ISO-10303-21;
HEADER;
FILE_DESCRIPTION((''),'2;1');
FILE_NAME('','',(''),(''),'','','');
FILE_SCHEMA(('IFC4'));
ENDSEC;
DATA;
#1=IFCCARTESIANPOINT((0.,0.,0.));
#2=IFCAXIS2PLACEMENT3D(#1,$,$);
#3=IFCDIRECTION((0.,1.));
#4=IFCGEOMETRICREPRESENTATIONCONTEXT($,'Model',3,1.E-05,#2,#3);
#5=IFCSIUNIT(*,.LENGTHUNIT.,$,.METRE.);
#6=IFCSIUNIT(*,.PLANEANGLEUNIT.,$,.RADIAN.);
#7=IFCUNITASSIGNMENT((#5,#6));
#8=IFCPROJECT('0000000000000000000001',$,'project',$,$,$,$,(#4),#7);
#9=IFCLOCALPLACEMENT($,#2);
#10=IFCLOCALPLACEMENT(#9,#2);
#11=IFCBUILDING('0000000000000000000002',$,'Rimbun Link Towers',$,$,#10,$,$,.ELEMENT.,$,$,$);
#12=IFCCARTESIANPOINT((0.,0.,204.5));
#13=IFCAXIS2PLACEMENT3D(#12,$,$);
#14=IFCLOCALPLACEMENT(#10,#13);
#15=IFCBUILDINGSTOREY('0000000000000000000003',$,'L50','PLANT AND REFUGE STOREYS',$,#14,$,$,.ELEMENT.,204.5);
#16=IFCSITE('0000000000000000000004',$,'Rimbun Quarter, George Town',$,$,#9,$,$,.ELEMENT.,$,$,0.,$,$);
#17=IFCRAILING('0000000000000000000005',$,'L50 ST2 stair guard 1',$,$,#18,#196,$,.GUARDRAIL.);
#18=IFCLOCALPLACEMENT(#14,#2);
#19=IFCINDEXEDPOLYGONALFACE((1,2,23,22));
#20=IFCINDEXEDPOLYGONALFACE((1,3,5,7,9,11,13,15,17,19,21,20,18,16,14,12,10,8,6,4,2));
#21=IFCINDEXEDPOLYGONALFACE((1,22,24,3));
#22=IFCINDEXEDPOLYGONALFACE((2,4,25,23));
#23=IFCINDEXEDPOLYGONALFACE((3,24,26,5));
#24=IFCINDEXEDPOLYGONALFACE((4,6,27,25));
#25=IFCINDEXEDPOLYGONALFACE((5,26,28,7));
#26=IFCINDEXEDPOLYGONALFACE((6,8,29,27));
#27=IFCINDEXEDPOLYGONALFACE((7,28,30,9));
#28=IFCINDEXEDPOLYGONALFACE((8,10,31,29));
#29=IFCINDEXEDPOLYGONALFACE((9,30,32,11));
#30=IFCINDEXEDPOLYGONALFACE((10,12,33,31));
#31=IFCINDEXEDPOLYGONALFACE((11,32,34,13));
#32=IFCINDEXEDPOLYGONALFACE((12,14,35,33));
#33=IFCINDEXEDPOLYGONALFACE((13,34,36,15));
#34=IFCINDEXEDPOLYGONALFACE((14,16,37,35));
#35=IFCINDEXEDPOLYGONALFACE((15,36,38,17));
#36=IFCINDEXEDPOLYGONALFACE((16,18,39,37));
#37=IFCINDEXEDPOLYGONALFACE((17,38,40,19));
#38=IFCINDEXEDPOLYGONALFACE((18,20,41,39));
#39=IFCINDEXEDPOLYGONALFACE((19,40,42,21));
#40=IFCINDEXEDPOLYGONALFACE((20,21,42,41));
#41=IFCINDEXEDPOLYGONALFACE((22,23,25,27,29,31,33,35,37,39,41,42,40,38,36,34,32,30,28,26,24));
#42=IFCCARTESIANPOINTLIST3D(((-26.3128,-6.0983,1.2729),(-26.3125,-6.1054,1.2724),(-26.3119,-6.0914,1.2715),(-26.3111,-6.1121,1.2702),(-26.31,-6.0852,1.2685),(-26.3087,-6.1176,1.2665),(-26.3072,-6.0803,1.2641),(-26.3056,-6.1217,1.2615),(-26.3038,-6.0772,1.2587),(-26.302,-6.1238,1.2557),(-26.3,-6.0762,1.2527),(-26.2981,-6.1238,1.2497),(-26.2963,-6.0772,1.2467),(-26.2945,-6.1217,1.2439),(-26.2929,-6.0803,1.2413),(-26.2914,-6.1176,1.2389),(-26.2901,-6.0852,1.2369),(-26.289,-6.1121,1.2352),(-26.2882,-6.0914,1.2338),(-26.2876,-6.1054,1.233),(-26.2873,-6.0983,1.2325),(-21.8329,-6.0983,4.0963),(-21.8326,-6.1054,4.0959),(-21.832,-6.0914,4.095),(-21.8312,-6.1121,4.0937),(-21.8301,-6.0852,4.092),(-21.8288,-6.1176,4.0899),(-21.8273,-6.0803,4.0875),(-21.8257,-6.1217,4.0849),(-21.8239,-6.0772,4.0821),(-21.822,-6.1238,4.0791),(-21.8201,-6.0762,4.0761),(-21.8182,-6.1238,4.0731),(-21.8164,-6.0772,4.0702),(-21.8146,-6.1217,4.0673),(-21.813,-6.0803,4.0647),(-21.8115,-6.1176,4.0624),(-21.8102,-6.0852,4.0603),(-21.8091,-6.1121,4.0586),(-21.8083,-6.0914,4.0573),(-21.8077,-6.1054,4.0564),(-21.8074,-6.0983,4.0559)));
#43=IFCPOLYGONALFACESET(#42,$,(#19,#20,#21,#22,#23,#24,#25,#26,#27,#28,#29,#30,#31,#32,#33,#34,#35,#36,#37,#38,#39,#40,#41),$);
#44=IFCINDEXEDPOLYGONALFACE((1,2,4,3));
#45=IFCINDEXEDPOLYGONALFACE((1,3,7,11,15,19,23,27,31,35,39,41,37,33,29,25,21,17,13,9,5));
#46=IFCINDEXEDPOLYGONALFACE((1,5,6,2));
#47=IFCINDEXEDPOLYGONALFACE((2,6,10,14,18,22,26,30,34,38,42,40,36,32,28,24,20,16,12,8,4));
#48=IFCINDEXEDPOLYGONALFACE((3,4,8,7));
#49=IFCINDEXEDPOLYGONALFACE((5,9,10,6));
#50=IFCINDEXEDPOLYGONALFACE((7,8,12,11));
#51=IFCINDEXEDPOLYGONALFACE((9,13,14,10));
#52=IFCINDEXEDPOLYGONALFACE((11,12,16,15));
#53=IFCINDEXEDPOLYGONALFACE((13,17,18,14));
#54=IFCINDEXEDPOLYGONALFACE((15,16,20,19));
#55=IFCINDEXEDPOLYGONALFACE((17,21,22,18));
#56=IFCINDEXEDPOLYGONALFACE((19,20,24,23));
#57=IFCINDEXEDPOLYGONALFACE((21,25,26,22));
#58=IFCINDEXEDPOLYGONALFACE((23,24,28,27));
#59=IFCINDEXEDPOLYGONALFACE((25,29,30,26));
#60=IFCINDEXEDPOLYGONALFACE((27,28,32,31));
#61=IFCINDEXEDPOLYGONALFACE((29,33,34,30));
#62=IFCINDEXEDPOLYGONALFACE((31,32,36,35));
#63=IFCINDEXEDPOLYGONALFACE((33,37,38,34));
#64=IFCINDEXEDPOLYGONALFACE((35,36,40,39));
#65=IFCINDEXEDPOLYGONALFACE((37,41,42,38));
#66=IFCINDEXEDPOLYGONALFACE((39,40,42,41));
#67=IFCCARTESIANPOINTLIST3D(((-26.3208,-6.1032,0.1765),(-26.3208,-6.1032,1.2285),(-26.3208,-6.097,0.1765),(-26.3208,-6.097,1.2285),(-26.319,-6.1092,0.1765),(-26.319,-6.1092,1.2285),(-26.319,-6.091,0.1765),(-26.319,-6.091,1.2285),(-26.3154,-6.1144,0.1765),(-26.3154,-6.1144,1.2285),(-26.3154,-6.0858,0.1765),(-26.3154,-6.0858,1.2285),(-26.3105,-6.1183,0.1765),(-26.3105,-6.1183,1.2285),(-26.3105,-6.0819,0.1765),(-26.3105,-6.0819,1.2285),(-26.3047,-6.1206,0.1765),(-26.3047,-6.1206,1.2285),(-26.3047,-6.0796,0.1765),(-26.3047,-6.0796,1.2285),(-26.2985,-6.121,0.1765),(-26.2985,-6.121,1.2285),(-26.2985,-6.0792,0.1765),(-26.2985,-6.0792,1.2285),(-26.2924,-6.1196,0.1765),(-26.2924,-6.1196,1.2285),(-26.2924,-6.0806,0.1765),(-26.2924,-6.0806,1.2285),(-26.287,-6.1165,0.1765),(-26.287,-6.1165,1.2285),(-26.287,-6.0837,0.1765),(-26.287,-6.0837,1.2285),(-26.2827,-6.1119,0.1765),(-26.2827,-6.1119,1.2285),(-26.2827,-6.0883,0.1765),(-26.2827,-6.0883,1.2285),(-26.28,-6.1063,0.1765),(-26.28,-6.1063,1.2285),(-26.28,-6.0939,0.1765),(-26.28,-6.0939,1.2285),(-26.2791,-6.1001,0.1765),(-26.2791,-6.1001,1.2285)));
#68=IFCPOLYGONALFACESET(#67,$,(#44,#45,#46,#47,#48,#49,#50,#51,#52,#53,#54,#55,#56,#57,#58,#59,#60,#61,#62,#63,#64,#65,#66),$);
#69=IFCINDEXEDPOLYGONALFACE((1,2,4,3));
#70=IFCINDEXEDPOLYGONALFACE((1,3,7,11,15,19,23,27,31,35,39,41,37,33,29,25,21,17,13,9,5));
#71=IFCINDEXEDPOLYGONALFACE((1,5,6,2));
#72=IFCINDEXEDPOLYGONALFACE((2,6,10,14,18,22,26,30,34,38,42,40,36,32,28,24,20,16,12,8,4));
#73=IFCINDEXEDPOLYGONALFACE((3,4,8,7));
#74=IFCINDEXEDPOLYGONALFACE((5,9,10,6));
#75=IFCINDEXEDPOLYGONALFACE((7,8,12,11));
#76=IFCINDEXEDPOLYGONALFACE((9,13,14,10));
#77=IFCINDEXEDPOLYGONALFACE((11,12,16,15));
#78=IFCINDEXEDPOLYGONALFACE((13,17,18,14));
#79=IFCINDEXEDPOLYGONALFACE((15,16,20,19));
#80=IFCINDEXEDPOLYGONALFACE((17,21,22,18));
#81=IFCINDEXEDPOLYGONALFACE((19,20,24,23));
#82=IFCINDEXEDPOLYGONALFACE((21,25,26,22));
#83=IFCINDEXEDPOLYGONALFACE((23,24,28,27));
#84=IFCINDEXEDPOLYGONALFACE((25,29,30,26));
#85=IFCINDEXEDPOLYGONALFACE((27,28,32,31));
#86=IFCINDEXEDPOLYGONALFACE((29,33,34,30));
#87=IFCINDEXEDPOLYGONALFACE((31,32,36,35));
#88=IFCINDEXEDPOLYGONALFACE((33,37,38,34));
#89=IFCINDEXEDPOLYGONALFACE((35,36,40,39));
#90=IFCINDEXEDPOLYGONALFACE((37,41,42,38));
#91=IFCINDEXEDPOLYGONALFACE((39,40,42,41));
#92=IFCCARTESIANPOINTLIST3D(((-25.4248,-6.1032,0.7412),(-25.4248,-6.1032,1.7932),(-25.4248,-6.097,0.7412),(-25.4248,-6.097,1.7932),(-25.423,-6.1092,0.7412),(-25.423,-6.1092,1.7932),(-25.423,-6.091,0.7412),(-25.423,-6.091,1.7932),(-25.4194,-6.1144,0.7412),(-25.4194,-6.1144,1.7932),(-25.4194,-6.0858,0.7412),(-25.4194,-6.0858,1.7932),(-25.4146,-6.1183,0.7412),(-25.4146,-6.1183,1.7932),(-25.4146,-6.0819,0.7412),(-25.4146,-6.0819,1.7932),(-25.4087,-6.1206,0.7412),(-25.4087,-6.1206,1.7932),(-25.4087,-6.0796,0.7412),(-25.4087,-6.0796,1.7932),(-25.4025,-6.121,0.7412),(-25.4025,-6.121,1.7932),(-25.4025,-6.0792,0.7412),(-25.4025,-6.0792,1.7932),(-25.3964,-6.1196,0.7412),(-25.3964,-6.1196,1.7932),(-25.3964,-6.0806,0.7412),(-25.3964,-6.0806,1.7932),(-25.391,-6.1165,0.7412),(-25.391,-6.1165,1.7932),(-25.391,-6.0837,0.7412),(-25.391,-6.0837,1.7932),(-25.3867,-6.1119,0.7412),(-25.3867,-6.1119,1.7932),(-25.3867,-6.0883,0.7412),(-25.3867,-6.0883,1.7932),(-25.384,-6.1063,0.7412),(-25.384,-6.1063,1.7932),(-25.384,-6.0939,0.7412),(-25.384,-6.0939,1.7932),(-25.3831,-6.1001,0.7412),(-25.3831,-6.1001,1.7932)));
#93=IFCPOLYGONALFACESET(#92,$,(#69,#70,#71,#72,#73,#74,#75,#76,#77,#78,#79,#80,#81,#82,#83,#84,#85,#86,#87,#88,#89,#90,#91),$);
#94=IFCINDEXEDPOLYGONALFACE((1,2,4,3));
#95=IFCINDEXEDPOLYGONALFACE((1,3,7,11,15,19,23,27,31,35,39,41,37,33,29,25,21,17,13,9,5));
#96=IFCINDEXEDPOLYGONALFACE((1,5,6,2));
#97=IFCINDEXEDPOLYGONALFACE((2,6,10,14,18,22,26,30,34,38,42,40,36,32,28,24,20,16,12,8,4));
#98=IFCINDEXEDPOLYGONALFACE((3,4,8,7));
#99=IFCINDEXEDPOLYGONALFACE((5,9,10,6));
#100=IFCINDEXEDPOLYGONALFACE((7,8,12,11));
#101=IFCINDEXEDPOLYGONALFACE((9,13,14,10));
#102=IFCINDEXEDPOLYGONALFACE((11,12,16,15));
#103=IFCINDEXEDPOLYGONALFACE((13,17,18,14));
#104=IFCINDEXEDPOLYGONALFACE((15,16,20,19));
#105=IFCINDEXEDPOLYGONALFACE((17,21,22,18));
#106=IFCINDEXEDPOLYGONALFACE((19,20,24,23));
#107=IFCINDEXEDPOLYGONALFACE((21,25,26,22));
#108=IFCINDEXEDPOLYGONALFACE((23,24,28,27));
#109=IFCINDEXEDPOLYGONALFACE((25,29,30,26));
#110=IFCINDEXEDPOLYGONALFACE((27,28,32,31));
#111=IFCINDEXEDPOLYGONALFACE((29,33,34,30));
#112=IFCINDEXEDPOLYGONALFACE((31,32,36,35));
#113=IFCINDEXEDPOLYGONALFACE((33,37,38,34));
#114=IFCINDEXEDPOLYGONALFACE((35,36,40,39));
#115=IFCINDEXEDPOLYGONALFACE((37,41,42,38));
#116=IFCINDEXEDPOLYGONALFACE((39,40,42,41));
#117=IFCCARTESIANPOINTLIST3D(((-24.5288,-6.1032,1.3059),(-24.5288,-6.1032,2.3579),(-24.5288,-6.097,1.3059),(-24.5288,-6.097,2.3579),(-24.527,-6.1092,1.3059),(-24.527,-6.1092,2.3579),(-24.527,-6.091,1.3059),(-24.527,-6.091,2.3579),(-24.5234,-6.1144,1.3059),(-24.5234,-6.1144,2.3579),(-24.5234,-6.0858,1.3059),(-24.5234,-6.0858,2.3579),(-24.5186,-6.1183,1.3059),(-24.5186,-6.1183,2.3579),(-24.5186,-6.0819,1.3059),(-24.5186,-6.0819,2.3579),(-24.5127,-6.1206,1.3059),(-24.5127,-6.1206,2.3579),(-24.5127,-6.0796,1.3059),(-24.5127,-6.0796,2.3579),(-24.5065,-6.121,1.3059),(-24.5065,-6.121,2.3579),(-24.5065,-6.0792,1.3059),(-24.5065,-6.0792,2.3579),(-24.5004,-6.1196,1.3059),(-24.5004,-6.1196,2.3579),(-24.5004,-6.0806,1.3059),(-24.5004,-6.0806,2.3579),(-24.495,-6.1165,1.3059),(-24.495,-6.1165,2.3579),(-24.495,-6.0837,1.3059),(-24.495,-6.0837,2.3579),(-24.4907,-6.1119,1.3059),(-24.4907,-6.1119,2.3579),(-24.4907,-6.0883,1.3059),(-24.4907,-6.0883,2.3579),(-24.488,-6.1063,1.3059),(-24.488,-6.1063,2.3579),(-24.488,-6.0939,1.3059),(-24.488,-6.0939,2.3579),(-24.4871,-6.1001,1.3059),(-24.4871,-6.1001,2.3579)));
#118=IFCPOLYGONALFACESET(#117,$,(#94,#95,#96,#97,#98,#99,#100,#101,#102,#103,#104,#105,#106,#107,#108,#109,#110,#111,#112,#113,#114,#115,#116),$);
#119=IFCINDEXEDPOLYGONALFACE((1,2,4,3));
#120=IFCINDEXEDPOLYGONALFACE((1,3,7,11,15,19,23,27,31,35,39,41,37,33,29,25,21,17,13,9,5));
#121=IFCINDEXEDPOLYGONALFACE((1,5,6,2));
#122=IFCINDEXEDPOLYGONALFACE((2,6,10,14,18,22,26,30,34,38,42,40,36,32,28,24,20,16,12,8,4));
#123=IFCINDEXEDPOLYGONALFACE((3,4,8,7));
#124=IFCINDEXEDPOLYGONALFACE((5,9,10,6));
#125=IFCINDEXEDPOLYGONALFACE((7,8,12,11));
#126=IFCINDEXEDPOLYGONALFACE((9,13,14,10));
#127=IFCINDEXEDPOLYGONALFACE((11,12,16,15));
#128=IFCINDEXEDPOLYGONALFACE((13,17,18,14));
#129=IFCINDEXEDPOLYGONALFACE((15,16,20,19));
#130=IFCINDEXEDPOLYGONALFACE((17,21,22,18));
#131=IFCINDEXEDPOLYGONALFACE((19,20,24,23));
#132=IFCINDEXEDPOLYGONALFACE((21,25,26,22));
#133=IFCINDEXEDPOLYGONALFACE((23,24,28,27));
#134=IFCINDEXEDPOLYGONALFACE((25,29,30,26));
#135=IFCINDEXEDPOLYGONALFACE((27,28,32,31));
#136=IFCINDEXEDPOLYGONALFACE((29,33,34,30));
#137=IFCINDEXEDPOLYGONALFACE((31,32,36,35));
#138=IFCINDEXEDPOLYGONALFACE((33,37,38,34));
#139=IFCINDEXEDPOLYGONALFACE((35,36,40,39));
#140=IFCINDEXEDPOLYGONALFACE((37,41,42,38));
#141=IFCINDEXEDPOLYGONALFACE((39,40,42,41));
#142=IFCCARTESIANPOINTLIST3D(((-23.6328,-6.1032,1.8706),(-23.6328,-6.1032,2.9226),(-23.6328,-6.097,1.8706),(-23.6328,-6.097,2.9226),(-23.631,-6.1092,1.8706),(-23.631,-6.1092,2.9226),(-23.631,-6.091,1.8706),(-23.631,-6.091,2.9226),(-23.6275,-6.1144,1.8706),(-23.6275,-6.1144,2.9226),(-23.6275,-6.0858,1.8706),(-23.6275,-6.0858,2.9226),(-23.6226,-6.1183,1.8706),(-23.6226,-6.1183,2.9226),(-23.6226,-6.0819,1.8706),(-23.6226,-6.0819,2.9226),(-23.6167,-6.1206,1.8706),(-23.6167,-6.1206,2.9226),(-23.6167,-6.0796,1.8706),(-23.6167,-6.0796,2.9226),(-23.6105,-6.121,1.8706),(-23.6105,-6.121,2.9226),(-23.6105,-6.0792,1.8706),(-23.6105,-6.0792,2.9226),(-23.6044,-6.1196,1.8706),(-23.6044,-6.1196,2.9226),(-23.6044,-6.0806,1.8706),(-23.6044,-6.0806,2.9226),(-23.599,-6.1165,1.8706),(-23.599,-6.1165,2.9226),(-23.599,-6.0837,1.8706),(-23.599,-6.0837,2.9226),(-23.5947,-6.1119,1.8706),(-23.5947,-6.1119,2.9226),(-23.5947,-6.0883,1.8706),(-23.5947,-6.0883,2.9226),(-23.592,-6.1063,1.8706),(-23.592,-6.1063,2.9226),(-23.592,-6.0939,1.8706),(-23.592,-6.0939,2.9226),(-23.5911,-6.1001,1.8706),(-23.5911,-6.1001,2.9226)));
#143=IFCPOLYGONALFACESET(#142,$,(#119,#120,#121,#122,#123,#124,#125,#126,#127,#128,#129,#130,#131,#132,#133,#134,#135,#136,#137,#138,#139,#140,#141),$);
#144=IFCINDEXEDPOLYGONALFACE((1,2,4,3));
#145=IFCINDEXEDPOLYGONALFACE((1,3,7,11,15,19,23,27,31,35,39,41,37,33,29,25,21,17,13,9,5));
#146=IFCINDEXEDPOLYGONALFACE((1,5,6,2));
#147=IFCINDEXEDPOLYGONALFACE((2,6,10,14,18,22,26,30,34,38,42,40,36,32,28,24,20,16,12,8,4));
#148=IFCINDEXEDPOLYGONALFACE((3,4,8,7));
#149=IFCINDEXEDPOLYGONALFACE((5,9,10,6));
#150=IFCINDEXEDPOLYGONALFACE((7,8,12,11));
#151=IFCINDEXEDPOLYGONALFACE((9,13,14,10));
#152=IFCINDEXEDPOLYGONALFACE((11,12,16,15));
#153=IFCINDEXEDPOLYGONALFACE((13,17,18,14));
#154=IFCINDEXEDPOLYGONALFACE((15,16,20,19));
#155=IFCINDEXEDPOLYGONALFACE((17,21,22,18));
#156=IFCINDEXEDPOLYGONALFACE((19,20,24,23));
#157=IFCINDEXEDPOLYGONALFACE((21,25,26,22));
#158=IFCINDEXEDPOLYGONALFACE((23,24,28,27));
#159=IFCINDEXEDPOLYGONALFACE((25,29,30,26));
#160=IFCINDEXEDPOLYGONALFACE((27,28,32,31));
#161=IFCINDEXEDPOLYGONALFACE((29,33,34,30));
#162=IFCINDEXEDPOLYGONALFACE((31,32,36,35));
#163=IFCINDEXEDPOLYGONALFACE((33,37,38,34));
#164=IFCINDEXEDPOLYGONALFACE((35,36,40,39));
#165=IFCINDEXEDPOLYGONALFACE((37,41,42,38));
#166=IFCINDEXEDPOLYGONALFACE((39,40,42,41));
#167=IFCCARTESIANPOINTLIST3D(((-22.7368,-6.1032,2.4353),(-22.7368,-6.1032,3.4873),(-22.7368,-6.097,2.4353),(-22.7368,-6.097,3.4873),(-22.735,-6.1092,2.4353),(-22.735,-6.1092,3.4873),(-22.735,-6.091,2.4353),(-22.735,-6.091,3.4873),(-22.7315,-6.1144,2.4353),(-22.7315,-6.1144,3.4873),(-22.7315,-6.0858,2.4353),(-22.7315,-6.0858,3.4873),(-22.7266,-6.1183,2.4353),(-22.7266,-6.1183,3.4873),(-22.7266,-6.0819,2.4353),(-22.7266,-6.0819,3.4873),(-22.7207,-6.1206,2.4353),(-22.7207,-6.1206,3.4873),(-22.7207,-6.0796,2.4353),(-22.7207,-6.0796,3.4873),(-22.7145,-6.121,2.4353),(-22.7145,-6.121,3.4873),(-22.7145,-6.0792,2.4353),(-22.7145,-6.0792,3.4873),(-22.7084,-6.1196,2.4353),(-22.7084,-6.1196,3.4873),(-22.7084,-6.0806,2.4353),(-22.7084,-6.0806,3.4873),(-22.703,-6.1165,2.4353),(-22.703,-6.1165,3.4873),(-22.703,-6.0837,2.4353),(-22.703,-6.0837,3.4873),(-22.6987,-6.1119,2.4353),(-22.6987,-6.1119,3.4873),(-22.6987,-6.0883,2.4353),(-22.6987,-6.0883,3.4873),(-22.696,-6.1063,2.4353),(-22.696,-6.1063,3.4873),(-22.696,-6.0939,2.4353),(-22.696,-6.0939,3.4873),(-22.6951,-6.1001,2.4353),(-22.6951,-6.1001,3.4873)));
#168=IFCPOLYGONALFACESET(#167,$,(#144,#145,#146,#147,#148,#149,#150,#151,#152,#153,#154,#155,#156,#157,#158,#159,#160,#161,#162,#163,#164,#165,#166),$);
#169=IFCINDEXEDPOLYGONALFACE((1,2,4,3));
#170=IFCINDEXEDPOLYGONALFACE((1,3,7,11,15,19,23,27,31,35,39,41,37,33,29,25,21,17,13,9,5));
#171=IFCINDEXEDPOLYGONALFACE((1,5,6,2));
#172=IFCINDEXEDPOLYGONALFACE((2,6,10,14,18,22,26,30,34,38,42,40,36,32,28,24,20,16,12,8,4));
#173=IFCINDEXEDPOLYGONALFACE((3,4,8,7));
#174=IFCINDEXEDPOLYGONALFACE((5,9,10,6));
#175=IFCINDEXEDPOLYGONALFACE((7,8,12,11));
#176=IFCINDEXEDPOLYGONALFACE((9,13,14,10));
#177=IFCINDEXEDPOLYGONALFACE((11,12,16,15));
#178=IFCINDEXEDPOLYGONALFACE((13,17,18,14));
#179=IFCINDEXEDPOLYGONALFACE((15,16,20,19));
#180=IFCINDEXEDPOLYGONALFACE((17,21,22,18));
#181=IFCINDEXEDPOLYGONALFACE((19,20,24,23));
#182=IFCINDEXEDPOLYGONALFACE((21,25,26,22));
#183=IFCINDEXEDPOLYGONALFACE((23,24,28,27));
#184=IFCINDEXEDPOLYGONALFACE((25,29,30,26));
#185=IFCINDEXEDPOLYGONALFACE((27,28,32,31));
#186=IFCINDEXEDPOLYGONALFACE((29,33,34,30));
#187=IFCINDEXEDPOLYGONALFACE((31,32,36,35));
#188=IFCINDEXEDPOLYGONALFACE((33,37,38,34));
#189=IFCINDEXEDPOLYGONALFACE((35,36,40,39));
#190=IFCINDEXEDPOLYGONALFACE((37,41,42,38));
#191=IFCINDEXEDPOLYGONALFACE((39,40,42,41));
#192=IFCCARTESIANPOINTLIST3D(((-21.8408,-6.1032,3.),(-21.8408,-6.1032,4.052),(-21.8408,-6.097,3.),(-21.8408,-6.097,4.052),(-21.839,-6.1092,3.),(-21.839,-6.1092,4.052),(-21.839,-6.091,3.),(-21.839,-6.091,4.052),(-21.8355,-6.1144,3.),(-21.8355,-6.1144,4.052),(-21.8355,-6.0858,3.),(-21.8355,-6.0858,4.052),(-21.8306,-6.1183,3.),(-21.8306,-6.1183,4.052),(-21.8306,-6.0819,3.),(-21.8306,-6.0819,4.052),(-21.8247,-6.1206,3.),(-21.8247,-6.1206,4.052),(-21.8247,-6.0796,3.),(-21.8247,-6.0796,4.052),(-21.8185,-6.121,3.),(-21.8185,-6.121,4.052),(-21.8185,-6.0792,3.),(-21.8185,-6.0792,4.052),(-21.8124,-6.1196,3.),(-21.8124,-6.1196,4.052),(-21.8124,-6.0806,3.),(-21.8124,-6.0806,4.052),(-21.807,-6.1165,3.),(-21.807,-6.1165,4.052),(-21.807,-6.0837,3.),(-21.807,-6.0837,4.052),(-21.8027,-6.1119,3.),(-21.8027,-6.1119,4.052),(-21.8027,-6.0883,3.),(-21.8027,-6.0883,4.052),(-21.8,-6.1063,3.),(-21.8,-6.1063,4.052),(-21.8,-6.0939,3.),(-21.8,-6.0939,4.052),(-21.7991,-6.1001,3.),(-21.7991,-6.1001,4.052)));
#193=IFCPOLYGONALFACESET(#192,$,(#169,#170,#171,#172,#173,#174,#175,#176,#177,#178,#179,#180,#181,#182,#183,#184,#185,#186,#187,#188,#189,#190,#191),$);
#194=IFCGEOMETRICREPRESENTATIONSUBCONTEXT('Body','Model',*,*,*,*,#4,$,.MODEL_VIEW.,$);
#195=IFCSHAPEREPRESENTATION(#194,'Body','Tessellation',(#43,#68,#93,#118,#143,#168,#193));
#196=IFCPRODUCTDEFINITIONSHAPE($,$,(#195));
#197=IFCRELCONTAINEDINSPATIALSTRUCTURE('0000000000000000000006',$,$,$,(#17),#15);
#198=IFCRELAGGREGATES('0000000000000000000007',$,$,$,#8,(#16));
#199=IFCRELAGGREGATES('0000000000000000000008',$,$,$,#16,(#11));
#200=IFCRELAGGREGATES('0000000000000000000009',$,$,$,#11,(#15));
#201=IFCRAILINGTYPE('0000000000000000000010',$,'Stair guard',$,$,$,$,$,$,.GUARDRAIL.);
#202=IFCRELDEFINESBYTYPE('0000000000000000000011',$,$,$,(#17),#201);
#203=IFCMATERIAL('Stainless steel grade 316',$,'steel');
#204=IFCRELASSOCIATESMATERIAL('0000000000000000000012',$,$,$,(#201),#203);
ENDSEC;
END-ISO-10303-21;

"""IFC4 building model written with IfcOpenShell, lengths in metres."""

from ifc_helpers import new_model, si_unit, direction, frame, origin, origin_2d, place, context, subcontext, project, spatial, circle, extrude, material, type_object, element, save


model = new_model("IFC4")

# Units and contexts
model_context = context("Model", 3, precision=1e-05, world=origin(), true_north=direction((0.0, 1.0)))
body_context = subcontext(model_context, "Body", "Model", "MODEL_VIEW")
ifc_project = project(units=[si_unit("LENGTHUNIT", "METRE"), si_unit("PLANEANGLEUNIT", "RADIAN")], contexts=[model_context])

# Site, building, storey
site_placement = place(None, origin())
site = spatial("IfcSite", under=ifc_project, at=site_placement, Name="Rimbun Quarter, George Town", CompositionType="ELEMENT", RefElevation=0.0)
building_placement = place(site_placement, origin())
building = spatial("IfcBuilding", under=site, at=building_placement, Name="Rimbun Link Towers", CompositionType="ELEMENT")
storey_placement = place(building_placement, frame((0.0, 0.0, 204.5)))
storey = spatial("IfcBuildingStorey", under=building, at=storey_placement, Name="L50", Description="PLANT AND REFUGE STOREYS", CompositionType="ELEMENT", Elevation=204.5)

# Railing
ifc_material_1 = material(Name="Stainless steel grade 316", Category="steel")
railing_type_1 = type_object("IfcRailingType", Name="Stair guard", PredefinedType="GUARDRAIL", material=ifc_material_1)
railing_1_placement = place(storey_placement, frame((-26.3, -6.1001, 0.1765)))
element("IfcRailing", 1, at=railing_1_placement, inside=storey, type_object=railing_type_1, Name="L50 ST2 stair guard 1", PredefinedType="GUARDRAIL", context=body_context, shape_type="SweptSolid", body=[
    extrude(circle(Radius=0.0239, at=origin_2d()), frame((0.0, 0.0, 1.0762), z_axis=(0.845998, 0.0, 0.533186), x_axis=(0.0, 1.0, 0.0)), (0.0, 0.0, 1.0), 5.2954),
    extrude(circle(Radius=0.021, at=origin_2d()), origin(), (0.0, 0.0, 1.0), 1.052),
    extrude(circle(Radius=0.021, at=origin_2d()), frame((0.896, 0.0, 0.5647)), (0.0, 0.0, 1.0), 1.052),
    extrude(circle(Radius=0.021, at=origin_2d()), frame((1.792, 0.0, 1.1294)), (0.0, 0.0, 1.0), 1.052),
    extrude(circle(Radius=0.021, at=origin_2d()), frame((2.688, 0.0, 1.6941)), (0.0, 0.0, 1.0), 1.052),
    extrude(circle(Radius=0.021, at=origin_2d()), frame((3.584, 0.0, 2.2588)), (0.0, 0.0, 1.0), 1.052),
    extrude(circle(Radius=0.021, at=origin_2d()), frame((4.48, 0.0, 2.8235)), (0.0, 0.0, 1.0), 1.052),
])

save(model, "model.ifc")
